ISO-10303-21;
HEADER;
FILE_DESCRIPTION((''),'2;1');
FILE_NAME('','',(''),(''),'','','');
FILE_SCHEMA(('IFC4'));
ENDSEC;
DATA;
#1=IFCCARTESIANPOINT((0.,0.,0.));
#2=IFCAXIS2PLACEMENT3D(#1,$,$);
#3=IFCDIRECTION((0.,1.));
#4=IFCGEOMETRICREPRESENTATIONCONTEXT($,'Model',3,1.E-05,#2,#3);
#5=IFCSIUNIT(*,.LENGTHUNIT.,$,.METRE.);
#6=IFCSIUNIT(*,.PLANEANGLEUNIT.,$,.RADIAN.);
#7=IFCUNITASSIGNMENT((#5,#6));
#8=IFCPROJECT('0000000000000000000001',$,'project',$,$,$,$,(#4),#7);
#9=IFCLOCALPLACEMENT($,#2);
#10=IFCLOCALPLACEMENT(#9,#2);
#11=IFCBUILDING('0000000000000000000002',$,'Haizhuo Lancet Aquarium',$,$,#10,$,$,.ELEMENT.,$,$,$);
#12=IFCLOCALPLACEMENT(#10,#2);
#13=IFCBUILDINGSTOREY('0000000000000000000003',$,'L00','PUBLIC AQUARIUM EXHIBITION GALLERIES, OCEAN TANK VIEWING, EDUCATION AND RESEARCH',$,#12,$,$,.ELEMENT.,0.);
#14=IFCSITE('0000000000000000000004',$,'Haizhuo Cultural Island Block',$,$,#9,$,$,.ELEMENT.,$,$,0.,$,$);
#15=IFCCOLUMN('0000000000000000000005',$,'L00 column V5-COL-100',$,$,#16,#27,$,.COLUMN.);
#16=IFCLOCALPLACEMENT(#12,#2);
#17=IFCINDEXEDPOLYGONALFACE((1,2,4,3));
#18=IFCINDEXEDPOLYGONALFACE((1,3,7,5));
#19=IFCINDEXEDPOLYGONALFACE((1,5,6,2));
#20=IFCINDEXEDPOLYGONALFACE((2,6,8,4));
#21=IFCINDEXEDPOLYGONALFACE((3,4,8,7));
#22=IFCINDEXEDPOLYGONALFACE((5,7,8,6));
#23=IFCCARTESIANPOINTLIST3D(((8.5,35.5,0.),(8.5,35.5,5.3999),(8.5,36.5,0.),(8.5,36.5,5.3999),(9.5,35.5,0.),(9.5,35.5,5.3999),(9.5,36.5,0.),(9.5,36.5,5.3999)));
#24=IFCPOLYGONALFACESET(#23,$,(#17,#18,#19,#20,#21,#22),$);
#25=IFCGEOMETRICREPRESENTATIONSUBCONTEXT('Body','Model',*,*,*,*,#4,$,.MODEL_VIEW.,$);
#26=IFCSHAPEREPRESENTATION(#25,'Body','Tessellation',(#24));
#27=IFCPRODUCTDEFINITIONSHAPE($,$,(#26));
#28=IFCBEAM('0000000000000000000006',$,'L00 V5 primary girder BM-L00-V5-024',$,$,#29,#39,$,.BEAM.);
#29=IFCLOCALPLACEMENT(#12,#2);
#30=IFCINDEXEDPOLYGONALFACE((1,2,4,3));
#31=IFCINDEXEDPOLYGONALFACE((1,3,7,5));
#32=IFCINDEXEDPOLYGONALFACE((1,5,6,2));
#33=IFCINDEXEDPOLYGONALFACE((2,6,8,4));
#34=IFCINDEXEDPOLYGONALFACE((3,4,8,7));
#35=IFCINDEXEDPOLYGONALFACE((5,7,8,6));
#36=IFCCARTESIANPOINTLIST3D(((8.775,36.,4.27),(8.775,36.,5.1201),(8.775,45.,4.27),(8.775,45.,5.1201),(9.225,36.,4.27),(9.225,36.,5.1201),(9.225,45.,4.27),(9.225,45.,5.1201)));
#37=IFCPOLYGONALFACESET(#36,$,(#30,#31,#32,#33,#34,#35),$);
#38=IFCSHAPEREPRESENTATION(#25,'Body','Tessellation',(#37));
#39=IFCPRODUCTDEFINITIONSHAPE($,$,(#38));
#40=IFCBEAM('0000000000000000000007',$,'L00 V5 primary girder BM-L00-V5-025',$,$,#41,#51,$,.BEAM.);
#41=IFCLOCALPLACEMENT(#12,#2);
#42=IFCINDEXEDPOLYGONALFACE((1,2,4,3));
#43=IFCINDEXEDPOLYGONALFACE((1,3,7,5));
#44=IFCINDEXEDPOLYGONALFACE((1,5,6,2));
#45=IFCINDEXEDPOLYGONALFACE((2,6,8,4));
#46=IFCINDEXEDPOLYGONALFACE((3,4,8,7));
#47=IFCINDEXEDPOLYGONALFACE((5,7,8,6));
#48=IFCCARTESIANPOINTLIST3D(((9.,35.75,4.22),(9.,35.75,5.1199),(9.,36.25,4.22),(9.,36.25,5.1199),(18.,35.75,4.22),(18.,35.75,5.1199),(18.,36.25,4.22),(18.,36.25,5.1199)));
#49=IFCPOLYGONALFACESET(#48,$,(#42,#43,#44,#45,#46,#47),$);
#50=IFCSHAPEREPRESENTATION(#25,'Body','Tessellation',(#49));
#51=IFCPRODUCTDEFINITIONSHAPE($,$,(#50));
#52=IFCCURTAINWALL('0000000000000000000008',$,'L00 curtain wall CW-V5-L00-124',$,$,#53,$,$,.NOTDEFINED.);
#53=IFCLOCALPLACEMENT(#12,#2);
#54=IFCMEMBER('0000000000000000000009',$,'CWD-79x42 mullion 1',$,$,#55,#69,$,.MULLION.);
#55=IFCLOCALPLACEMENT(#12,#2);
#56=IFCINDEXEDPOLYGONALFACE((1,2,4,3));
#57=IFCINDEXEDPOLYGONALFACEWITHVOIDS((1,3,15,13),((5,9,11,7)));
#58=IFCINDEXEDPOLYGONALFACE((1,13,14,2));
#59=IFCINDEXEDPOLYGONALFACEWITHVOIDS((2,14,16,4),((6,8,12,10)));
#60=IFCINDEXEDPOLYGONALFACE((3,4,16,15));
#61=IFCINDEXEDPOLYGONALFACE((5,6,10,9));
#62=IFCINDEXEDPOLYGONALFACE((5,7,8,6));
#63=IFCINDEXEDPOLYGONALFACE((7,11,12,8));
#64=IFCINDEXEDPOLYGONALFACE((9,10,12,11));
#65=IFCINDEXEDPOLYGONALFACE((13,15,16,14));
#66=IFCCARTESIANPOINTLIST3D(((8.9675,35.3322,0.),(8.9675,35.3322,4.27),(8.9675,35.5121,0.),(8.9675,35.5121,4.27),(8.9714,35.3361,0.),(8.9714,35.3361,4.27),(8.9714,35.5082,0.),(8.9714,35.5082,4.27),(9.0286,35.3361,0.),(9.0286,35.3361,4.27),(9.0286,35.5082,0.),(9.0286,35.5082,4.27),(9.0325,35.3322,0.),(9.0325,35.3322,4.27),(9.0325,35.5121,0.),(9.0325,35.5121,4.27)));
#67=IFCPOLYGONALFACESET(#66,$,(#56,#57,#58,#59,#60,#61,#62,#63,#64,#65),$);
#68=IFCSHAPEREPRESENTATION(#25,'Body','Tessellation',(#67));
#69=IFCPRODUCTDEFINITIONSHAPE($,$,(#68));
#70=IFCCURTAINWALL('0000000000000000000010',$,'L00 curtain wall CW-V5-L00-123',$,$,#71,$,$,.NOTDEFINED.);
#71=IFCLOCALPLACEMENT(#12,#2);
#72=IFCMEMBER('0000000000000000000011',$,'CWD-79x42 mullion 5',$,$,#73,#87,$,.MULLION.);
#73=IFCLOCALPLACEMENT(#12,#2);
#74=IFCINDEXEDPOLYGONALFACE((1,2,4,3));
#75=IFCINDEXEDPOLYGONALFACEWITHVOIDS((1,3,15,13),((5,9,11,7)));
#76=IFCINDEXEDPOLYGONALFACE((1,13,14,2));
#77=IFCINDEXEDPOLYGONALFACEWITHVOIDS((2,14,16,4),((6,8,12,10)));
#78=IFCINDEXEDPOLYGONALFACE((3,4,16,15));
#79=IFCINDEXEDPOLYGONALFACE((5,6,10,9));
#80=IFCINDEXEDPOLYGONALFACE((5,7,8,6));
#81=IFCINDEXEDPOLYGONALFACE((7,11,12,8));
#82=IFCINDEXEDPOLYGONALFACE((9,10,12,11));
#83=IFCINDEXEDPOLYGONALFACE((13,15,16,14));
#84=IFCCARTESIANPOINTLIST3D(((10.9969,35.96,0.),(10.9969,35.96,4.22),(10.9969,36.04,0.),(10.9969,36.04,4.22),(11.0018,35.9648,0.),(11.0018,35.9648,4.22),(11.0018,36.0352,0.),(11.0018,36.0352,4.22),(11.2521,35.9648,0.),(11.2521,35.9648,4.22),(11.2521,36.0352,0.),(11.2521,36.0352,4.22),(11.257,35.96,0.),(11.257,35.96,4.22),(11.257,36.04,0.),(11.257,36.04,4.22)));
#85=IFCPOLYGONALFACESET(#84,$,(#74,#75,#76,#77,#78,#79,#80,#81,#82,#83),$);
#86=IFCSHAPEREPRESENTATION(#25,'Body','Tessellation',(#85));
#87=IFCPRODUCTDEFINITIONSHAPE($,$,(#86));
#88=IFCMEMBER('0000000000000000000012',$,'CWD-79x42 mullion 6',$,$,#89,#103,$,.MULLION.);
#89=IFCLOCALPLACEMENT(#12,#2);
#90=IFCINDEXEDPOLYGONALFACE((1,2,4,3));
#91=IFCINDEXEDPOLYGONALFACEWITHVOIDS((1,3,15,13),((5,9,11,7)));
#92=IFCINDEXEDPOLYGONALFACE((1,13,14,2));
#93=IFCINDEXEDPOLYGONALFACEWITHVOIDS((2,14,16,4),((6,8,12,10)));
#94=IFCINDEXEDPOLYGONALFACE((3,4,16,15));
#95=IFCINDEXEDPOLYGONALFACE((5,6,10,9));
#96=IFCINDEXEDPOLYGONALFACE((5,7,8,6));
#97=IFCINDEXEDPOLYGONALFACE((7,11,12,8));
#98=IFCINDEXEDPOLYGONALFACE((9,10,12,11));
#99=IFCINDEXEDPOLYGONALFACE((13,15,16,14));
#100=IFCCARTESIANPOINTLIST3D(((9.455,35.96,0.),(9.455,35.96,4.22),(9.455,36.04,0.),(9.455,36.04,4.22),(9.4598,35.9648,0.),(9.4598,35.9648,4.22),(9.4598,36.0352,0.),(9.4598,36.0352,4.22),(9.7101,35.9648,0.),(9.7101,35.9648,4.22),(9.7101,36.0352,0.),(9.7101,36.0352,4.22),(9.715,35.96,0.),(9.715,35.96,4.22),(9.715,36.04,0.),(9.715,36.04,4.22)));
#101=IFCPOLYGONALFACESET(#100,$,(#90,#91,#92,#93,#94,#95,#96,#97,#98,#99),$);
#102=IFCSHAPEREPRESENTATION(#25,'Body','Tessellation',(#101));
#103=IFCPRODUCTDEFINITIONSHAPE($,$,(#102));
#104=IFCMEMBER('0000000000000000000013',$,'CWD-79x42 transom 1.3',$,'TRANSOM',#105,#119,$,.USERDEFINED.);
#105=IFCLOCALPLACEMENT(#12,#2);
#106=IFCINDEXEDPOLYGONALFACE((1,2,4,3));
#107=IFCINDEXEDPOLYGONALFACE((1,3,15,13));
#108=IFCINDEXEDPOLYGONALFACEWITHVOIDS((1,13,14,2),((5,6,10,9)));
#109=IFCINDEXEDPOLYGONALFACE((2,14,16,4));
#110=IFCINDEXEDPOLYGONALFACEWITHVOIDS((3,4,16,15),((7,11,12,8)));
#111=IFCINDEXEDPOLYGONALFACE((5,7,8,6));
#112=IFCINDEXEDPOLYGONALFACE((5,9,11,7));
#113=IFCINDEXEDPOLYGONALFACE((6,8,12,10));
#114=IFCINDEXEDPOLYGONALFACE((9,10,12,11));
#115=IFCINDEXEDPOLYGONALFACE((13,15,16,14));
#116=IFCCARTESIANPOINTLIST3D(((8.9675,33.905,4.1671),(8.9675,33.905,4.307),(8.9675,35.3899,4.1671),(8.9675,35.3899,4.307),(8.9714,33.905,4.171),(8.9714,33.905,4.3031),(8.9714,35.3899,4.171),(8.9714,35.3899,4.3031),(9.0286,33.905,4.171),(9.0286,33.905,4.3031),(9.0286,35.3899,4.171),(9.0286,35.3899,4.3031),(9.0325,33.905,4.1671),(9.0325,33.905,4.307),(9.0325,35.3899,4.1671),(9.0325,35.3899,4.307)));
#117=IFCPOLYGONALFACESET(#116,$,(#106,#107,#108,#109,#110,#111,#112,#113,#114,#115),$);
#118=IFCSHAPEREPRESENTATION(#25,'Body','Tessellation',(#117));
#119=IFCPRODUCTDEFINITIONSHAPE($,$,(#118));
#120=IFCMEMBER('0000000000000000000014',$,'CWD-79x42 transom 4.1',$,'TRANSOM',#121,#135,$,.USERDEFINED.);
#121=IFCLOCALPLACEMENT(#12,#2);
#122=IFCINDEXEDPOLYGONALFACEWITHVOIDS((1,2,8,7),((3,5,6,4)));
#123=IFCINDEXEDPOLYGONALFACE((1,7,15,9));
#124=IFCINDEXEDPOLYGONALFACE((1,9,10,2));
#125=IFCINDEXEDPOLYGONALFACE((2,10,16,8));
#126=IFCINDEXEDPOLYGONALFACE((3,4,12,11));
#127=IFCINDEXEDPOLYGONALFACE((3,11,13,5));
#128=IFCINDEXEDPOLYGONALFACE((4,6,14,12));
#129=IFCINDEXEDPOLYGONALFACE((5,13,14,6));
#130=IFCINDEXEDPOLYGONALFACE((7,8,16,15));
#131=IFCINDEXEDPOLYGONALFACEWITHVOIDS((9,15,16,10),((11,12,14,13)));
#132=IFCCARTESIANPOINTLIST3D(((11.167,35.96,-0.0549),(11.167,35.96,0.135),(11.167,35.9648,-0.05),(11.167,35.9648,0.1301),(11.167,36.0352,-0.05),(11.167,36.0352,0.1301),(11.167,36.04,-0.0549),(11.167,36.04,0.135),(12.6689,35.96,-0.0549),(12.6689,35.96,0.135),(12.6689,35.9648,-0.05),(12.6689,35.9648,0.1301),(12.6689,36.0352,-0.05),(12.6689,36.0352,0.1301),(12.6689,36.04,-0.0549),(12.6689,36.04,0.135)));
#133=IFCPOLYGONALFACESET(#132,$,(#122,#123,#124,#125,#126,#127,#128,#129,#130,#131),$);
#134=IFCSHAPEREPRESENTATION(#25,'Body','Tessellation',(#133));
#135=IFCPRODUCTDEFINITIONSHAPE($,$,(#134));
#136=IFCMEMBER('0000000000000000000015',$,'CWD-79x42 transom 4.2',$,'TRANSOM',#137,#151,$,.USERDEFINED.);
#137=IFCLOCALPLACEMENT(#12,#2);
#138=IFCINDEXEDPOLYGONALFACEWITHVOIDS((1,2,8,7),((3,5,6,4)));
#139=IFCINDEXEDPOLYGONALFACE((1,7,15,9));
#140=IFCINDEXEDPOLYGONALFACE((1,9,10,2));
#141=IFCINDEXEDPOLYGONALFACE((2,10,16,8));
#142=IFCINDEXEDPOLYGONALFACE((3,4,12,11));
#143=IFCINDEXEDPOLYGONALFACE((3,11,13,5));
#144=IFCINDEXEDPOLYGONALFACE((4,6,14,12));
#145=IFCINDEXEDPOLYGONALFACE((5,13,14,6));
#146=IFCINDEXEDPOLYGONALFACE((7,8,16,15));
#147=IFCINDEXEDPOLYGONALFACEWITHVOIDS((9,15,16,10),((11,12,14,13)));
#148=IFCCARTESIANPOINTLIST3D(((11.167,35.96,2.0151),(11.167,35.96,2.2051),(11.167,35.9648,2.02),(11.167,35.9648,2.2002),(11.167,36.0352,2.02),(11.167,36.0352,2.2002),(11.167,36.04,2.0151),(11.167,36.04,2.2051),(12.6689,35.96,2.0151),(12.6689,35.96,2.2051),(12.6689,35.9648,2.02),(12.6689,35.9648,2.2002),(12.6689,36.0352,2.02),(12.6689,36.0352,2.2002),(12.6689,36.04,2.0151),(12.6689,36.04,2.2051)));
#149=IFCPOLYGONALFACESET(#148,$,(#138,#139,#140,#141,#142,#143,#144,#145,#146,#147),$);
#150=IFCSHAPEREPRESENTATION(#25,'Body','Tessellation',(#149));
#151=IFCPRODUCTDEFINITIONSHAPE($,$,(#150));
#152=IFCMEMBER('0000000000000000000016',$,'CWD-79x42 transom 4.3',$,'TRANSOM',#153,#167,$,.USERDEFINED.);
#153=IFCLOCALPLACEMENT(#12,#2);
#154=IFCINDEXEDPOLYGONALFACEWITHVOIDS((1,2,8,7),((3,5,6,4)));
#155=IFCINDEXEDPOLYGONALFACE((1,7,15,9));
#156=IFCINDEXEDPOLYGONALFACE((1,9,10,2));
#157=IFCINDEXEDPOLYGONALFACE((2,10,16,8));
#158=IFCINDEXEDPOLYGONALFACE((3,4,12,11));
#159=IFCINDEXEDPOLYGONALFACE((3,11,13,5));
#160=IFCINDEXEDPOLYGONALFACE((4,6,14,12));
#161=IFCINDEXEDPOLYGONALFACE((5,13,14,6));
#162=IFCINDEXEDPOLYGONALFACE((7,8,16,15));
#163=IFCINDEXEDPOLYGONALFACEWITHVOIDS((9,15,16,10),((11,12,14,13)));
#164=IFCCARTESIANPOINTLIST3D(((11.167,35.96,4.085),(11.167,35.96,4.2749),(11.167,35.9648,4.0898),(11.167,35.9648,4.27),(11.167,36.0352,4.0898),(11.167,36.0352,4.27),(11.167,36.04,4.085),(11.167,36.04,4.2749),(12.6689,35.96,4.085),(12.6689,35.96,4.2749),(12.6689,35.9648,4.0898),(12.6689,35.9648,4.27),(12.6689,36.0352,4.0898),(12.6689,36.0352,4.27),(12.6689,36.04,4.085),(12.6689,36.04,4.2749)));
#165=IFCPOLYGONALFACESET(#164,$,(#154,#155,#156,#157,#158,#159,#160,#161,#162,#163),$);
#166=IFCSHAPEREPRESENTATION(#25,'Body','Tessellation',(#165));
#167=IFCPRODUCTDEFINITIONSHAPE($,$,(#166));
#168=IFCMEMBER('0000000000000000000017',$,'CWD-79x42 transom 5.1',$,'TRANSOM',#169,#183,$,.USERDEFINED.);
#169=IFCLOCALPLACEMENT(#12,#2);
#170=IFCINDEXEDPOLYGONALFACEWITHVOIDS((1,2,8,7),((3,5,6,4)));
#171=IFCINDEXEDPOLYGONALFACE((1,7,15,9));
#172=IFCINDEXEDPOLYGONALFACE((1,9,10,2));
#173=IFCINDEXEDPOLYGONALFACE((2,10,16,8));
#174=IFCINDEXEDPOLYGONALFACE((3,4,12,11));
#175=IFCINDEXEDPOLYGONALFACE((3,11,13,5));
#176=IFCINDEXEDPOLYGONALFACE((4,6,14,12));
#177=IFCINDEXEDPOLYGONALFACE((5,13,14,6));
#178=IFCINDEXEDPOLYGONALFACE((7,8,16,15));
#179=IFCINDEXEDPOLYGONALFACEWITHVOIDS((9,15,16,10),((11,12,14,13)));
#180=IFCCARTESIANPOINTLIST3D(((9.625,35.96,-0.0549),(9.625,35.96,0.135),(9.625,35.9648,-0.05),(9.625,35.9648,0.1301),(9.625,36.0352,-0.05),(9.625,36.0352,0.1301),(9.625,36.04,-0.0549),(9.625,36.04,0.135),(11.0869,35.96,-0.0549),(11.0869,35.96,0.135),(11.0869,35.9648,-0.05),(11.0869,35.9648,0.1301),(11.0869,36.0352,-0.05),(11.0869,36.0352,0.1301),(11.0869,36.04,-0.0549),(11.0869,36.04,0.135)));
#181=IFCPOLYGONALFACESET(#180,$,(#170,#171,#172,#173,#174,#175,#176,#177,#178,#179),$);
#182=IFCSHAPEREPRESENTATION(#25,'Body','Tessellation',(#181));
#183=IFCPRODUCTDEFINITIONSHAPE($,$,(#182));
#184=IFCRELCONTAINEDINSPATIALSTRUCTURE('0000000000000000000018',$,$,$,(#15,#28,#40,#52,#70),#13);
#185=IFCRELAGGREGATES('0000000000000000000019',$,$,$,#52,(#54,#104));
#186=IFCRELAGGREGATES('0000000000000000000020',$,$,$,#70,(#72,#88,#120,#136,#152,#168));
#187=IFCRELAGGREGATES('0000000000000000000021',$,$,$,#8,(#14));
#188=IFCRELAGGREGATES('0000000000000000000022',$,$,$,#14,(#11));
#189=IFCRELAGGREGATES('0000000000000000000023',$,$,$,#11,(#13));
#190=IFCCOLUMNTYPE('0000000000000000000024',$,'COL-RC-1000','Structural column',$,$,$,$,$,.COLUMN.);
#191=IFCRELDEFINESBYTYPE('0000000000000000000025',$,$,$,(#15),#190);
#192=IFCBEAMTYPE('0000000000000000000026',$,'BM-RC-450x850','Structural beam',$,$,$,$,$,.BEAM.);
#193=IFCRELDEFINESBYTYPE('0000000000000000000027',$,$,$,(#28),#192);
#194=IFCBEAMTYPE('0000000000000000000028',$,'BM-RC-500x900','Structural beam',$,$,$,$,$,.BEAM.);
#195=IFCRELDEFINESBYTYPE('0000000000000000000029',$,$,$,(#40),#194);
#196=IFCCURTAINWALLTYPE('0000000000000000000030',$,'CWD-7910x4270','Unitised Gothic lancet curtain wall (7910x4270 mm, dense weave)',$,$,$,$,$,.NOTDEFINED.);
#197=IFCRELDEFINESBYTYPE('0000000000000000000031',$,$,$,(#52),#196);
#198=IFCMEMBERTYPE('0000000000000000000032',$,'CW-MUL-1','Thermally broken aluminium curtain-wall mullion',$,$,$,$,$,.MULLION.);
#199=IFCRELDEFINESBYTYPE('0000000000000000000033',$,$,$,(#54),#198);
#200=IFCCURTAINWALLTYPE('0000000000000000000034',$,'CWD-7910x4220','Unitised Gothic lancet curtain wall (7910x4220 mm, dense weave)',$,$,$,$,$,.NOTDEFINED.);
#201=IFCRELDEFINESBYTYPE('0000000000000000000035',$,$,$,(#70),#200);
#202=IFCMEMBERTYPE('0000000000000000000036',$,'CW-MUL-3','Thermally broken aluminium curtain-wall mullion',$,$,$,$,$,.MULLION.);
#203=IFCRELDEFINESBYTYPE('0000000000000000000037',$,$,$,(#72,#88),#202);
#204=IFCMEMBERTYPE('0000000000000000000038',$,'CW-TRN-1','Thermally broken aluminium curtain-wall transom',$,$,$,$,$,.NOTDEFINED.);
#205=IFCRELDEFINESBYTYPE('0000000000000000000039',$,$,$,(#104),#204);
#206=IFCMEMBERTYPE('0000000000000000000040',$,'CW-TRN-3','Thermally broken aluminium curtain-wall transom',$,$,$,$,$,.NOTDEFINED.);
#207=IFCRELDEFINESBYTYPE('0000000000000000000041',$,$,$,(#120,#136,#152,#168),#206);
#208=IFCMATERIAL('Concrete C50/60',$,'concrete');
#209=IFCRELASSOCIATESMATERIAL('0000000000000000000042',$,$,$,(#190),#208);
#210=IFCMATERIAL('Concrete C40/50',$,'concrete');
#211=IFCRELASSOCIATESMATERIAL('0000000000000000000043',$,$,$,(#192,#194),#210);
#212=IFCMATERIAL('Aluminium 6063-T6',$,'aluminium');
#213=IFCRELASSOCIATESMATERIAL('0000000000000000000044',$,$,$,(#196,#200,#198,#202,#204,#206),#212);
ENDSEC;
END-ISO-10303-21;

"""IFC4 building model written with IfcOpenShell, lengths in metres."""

from ifc_helpers import new_model, si_unit, direction, frame, origin, origin_2d, place, context, subcontext, project, spatial, rectangle, hollow_rectangle, extrude, material, material_profile, profile_set, type_object, element, aggregate, save


model = new_model("IFC4")

# Units and contexts
model_context = context("Model", 3, precision=1e-05, world=origin(), true_north=direction((0.0, 1.0)))
body_context = subcontext(model_context, "Body", "Model", "MODEL_VIEW")
ifc_project = project(units=[si_unit("LENGTHUNIT", "METRE"), si_unit("PLANEANGLEUNIT", "RADIAN")], contexts=[model_context])

# Site, building, storey
site_placement = place(None, origin())
site = spatial("IfcSite", under=ifc_project, at=site_placement, Name="Haizhuo Cultural Island Block", CompositionType="ELEMENT", RefElevation=0.0)
building_placement = place(site_placement, origin())
building = spatial("IfcBuilding", under=site, at=building_placement, Name="Haizhuo Lancet Aquarium", CompositionType="ELEMENT")
storey_placement = place(building_placement, origin())
storey = spatial("IfcBuildingStorey", under=building, at=storey_placement, Name="L00", Description="PUBLIC AQUARIUM EXHIBITION GALLERIES, OCEAN TANK VIEWING, EDUCATION AND RESEARCH", CompositionType="ELEMENT", Elevation=0.0)

# Column
ifc_material_1 = material(Name="Concrete C50/60", Category="concrete")
ifc_material_profile_1 = material_profile(ifc_material_1, rectangle(XDim=1.0, YDim=1.0, at=origin_2d()), Name="RC-COL 1000x1000")
ifc_profile_set_1 = profile_set([ifc_material_profile_1], Name="Concrete C50/60")
column_type_1 = type_object("IfcColumnType", Name="COL-RC-1000", Description="Structural column", PredefinedType="COLUMN", material=ifc_profile_set_1)
column_1_placement = place(storey_placement, frame((9.0, 36.0, 0.0), z_axis=(0.0, 0.0, 1.0), x_axis=(1.0, 0.0, 0.0)))
element("IfcColumn", 1, at=column_1_placement, inside=storey, type_object=column_type_1, Name="L00 column V5-COL-100", PredefinedType="COLUMN", context=body_context, shape_type="SweptSolid", body=[
    extrude(rectangle(XDim=1.0, YDim=1.0, at=origin_2d()), origin(), (0.0, 0.0, 1.0), 5.3999),
])

# Beams
ifc_material_2 = material(Name="Concrete C40/50", Category="concrete")
ifc_material_profile_2 = material_profile(ifc_material_2, rectangle(XDim=0.45, YDim=0.8501, at=origin_2d()), Name="RC-BM 450x850")
ifc_profile_set_2 = profile_set([ifc_material_profile_2], Name="Concrete C40/50")
beam_type_1 = type_object("IfcBeamType", Name="BM-RC-450x850", Description="Structural beam", PredefinedType="BEAM", material=ifc_profile_set_2)
beam_1_placement = place(storey_placement, frame((9.0, 36.0, 4.6951), z_axis=(0.0, 1.0, 0.0), x_axis=(-1.0, 0.0, 0.0)))
element("IfcBeam", 2, at=beam_1_placement, inside=storey, type_object=beam_type_1, Name="L00 V5 primary girder BM-L00-V5-024", PredefinedType="BEAM", context=body_context, shape_type="SweptSolid", body=[
    extrude(rectangle(XDim=0.45, YDim=0.8501, at=origin_2d()), origin(), (0.0, 0.0, 1.0), 9.0),
])
ifc_material_profile_3 = material_profile(ifc_material_2, rectangle(XDim=0.5, YDim=0.8999, at=origin_2d()), Name="RC-BM 500x900")
ifc_profile_set_3 = profile_set([ifc_material_profile_3], Name="Concrete C40/50")
beam_type_2 = type_object("IfcBeamType", Name="BM-RC-500x900", Description="Structural beam", PredefinedType="BEAM", material=ifc_profile_set_3)
beam_2_placement = place(storey_placement, frame((9.0, 36.0, 4.6699), z_axis=(1.0, 0.0, 0.0), x_axis=(0.0, 1.0, 0.0)))
element("IfcBeam", 3, at=beam_2_placement, inside=storey, type_object=beam_type_2, Name="L00 V5 primary girder BM-L00-V5-025", PredefinedType="BEAM", context=body_context, shape_type="SweptSolid", body=[
    extrude(rectangle(XDim=0.5, YDim=0.8999, at=origin_2d()), origin(), (0.0, 0.0, 1.0), 9.0),
])

# Curtain wall, member
ifc_material_3 = material(Name="Aluminium 6063-T6", Category="aluminium")
curtain_wall_type_1 = type_object("IfcCurtainWallType", Name="CWD-7910x4270", Description="Unitised Gothic lancet curtain wall (7910x4270 mm, dense weave)", PredefinedType="NOTDEFINED", material=ifc_material_3)
curtain_wall_1_placement = place(storey_placement, origin())
curtain_wall_1 = element("IfcCurtainWall", 4, at=curtain_wall_1_placement, inside=storey, type_object=curtain_wall_type_1, Name="L00 curtain wall CW-V5-L00-124", PredefinedType="NOTDEFINED")
ifc_material_profile_4 = material_profile(ifc_material_3, hollow_rectangle(XDim=0.0649, YDim=0.1799, WallThickness=0.0039, at=origin_2d()), Name="ALU-M 65x180x4")
ifc_profile_set_4 = profile_set([ifc_material_profile_4], Name="Aluminium 6063-T6")
member_type_1 = type_object("IfcMemberType", Name="CW-MUL-1", Description="Thermally broken aluminium curtain-wall mullion", PredefinedType="MULLION", material=ifc_profile_set_4)
member_1_placement = place(storey_placement, frame((9.0, 35.4221, 0.0), z_axis=(0.0, 0.0, 1.0), x_axis=(1.0, 0.0, 0.0)))
member_1 = element("IfcMember", 5, at=member_1_placement, type_object=member_type_1, Name="CWD-79x42 mullion 1", PredefinedType="MULLION", context=body_context, shape_type="SweptSolid", body=[
    extrude(hollow_rectangle(XDim=0.0649, YDim=0.1799, WallThickness=0.0039, at=origin_2d()), origin(), (0.0, 0.0, 1.0), 4.27),
])

# Curtain wall, members
curtain_wall_type_2 = type_object("IfcCurtainWallType", Name="CWD-7910x4220", Description="Unitised Gothic lancet curtain wall (7910x4220 mm, dense weave)", PredefinedType="NOTDEFINED", material=ifc_material_3)
curtain_wall_2_placement = place(storey_placement, origin())
curtain_wall_2 = element("IfcCurtainWall", 6, at=curtain_wall_2_placement, inside=storey, type_object=curtain_wall_type_2, Name="L00 curtain wall CW-V5-L00-123", PredefinedType="NOTDEFINED")
ifc_material_profile_5 = material_profile(ifc_material_3, hollow_rectangle(XDim=0.0801, YDim=0.26, WallThickness=0.0049, at=origin_2d()), Name="ALU-M 80x260x5")
ifc_profile_set_5 = profile_set([ifc_material_profile_5], Name="Aluminium 6063-T6")
member_type_2 = type_object("IfcMemberType", Name="CW-MUL-3", Description="Thermally broken aluminium curtain-wall mullion", PredefinedType="MULLION", material=ifc_profile_set_5)
member_2_placement = place(storey_placement, frame((11.127, 36.0, 0.0), z_axis=(0.0, 0.0, 1.0), x_axis=(0.0, -1.0, 0.0)))
member_2 = element("IfcMember", 7, at=member_2_placement, type_object=member_type_2, Name="CWD-79x42 mullion 5", PredefinedType="MULLION", context=body_context, shape_type="SweptSolid", body=[
    extrude(hollow_rectangle(XDim=0.0801, YDim=0.26, WallThickness=0.0049, at=origin_2d()), origin(), (0.0, 0.0, 1.0), 4.22),
])
member_3_placement = place(storey_placement, frame((9.585, 36.0, 0.0), z_axis=(0.0, 0.0, 1.0), x_axis=(0.0, -1.0, 0.0)))
member_3 = element("IfcMember", 8, at=member_3_placement, type_object=member_type_2, Name="CWD-79x42 mullion 6", PredefinedType="MULLION", context=body_context, shape_type="SweptSolid", body=[
    extrude(hollow_rectangle(XDim=0.0801, YDim=0.26, WallThickness=0.0049, at=origin_2d()), origin(), (0.0, 0.0, 1.0), 4.22),
])

# Members
ifc_material_profile_6 = material_profile(ifc_material_3, hollow_rectangle(XDim=0.0649, YDim=0.1399, WallThickness=0.0039, at=origin_2d()), Name="ALU-T 65x140x4")
ifc_profile_set_6 = profile_set([ifc_material_profile_6], Name="Aluminium 6063-T6")
member_type_3 = type_object("IfcMemberType", Name="CW-TRN-1", Description="Thermally broken aluminium curtain-wall transom", PredefinedType="NOTDEFINED", material=ifc_profile_set_6)
member_4_placement = place(storey_placement, frame((9.0, 35.3899, 4.2371), z_axis=(0.0, -1.0, 0.0), x_axis=(1.0, 0.0, 0.0)))
member_4 = element("IfcMember", 9, at=member_4_placement, type_object=member_type_3, Name="CWD-79x42 transom 1.3", ObjectType="TRANSOM", PredefinedType="USERDEFINED", context=body_context, shape_type="SweptSolid", body=[
    extrude(hollow_rectangle(XDim=0.0649, YDim=0.1399, WallThickness=0.0039, at=origin_2d()), origin(), (0.0, 0.0, 1.0), 1.4849),
])
aggregate(curtain_wall_1, [member_1, member_4])
ifc_material_profile_7 = material_profile(ifc_material_3, hollow_rectangle(XDim=0.0801, YDim=0.1899, WallThickness=0.0049, at=origin_2d()), Name="ALU-T 80x190x5")
ifc_profile_set_7 = profile_set([ifc_material_profile_7], Name="Aluminium 6063-T6")
member_type_4 = type_object("IfcMemberType", Name="CW-TRN-3", Description="Thermally broken aluminium curtain-wall transom", PredefinedType="NOTDEFINED", material=ifc_profile_set_7)
member_5_placement = place(storey_placement, frame((12.6689, 36.0, 0.04), z_axis=(-1.0, 0.0, 0.0), x_axis=(0.0, -1.0, 0.0)))
member_5 = element("IfcMember", 10, at=member_5_placement, type_object=member_type_4, Name="CWD-79x42 transom 4.1", ObjectType="TRANSOM", PredefinedType="USERDEFINED", context=body_context, shape_type="SweptSolid", body=[
    extrude(hollow_rectangle(XDim=0.0801, YDim=0.1899, WallThickness=0.0049, at=origin_2d()), origin(), (0.0, 0.0, 1.0), 1.502),
])
member_6_placement = place(storey_placement, frame((12.6689, 36.0, 2.1101), z_axis=(-1.0, 0.0, 0.0), x_axis=(0.0, -1.0, 0.0)))
member_6 = element("IfcMember", 11, at=member_6_placement, type_object=member_type_4, Name="CWD-79x42 transom 4.2", ObjectType="TRANSOM", PredefinedType="USERDEFINED", context=body_context, shape_type="SweptSolid", body=[
    extrude(hollow_rectangle(XDim=0.0801, YDim=0.1899, WallThickness=0.0049, at=origin_2d()), origin(), (0.0, 0.0, 1.0), 1.502),
])
member_7_placement = place(storey_placement, frame((12.6689, 36.0, 4.1799), z_axis=(-1.0, 0.0, 0.0), x_axis=(0.0, -1.0, 0.0)))
member_7 = element("IfcMember", 12, at=member_7_placement, type_object=member_type_4, Name="CWD-79x42 transom 4.3", ObjectType="TRANSOM", PredefinedType="USERDEFINED", context=body_context, shape_type="SweptSolid", body=[
    extrude(hollow_rectangle(XDim=0.0801, YDim=0.1899, WallThickness=0.0049, at=origin_2d()), origin(), (0.0, 0.0, 1.0), 1.502),
])
member_8_placement = place(storey_placement, frame((11.0869, 36.0, 0.04), z_axis=(-1.0, 0.0, 0.0), x_axis=(0.0, -1.0, 0.0)))
member_8 = element("IfcMember", 13, at=member_8_placement, type_object=member_type_4, Name="CWD-79x42 transom 5.1", ObjectType="TRANSOM", PredefinedType="USERDEFINED", context=body_context, shape_type="SweptSolid", body=[
    extrude(hollow_rectangle(XDim=0.0801, YDim=0.1899, WallThickness=0.0049, at=origin_2d()), origin(), (0.0, 0.0, 1.0), 1.4619),
])

aggregate(curtain_wall_2, [member_2, member_3, member_5, member_6, member_7, member_8])

save(model, "model.ifc")
